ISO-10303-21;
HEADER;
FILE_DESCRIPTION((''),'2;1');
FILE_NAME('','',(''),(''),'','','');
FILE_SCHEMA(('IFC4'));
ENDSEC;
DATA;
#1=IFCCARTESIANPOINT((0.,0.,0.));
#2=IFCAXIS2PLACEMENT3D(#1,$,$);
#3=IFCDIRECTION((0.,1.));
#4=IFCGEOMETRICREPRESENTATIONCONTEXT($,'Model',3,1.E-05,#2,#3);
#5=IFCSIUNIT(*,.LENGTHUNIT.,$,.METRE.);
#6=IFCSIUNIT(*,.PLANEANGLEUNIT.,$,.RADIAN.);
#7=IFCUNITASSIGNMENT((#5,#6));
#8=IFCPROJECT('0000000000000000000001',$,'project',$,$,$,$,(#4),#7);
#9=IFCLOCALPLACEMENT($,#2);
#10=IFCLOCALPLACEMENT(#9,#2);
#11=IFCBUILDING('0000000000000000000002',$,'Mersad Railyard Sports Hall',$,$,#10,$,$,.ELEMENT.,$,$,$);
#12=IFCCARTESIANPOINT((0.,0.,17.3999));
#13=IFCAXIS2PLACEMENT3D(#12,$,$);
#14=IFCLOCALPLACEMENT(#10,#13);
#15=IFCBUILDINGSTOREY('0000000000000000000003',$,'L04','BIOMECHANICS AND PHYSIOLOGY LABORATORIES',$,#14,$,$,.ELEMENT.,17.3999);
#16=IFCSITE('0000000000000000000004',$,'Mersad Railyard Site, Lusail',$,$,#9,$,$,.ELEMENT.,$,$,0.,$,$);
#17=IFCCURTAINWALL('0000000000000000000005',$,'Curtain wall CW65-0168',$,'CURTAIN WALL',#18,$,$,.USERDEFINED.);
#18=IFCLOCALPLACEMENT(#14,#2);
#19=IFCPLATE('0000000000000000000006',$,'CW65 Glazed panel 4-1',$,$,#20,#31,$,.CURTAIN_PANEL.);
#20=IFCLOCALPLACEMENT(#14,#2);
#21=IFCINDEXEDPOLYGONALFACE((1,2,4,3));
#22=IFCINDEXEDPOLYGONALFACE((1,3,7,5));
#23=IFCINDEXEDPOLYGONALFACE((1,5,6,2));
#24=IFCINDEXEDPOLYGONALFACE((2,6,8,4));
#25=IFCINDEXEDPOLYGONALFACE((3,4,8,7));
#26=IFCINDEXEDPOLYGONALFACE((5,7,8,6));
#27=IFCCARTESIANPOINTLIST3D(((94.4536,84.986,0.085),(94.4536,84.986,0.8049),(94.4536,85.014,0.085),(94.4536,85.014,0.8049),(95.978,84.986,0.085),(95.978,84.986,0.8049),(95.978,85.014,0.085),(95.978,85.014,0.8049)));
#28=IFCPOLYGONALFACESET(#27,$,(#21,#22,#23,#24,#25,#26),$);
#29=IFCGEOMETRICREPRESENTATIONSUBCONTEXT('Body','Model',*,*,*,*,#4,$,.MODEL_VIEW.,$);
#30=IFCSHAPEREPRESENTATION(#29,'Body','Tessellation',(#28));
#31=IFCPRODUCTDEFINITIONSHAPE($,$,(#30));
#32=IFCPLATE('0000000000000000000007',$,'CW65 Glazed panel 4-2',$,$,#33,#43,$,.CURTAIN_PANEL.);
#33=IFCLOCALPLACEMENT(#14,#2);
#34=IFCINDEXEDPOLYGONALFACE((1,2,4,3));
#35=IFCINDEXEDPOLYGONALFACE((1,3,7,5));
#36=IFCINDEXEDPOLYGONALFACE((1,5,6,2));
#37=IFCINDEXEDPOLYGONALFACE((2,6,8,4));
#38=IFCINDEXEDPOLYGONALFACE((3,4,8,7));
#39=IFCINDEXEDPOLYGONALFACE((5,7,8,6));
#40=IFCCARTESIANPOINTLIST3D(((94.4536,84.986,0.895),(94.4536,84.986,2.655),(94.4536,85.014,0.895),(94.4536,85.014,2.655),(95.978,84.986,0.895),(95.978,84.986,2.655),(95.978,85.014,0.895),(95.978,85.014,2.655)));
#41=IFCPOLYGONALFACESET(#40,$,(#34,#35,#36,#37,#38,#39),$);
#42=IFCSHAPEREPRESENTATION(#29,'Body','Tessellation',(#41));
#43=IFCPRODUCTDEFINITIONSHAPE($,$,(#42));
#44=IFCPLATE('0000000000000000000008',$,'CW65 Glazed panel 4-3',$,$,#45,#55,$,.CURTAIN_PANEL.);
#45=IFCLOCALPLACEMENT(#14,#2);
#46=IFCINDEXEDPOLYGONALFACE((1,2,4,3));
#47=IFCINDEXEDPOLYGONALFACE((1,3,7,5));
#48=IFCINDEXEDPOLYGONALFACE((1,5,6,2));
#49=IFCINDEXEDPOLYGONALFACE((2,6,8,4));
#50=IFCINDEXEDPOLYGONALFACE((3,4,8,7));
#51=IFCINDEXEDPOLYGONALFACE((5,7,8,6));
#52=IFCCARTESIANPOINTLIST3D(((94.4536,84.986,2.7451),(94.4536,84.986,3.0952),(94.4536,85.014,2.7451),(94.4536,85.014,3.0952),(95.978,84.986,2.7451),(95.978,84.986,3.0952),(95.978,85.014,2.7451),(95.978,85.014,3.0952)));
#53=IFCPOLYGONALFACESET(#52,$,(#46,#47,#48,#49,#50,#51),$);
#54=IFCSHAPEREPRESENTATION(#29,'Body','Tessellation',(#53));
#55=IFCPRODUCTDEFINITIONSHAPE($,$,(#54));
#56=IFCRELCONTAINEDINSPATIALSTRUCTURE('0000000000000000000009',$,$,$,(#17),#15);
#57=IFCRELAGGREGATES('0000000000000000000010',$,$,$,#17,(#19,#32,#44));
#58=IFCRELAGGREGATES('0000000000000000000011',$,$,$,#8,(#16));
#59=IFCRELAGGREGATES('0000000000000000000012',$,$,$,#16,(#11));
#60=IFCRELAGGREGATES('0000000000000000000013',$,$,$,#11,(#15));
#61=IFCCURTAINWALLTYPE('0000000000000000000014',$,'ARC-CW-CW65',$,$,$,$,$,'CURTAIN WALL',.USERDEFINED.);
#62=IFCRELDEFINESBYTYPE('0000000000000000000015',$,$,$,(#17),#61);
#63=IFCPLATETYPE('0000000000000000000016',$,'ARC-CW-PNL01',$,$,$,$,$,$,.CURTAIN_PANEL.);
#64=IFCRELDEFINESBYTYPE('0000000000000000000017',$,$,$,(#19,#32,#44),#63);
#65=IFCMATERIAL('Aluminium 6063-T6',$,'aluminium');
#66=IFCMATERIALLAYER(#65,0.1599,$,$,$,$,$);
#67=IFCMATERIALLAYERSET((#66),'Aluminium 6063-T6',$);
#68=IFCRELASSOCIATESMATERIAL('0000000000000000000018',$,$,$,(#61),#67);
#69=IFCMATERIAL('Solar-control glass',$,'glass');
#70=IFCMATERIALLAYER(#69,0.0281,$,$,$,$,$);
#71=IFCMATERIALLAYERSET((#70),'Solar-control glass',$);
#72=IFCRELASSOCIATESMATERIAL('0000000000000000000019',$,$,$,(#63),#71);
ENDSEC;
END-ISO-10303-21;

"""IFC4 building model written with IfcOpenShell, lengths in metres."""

from ifc_helpers import new_model, si_unit, direction, frame, origin, origin_2d, place, context, subcontext, project, spatial, rectangle, extrude, material, layer, layer_set, type_object, element, aggregate, save


model = new_model("IFC4")

# Units and contexts
model_context = context("Model", 3, precision=1e-05, world=origin(), true_north=direction((0.0, 1.0)))
body_context = subcontext(model_context, "Body", "Model", "MODEL_VIEW")
ifc_project = project(units=[si_unit("LENGTHUNIT", "METRE"), si_unit("PLANEANGLEUNIT", "RADIAN")], contexts=[model_context])

# Site, building, storey
site_placement = place(None, origin())
site = spatial("IfcSite", under=ifc_project, at=site_placement, Name="Mersad Railyard Site, Lusail", CompositionType="ELEMENT", RefElevation=0.0)
building_placement = place(site_placement, origin())
building = spatial("IfcBuilding", under=site, at=building_placement, Name="Mersad Railyard Sports Hall", CompositionType="ELEMENT")
storey_placement = place(building_placement, frame((0.0, 0.0, 17.3999)))
storey = spatial("IfcBuildingStorey", under=building, at=storey_placement, Name="L04", Description="BIOMECHANICS AND PHYSIOLOGY LABORATORIES", CompositionType="ELEMENT", Elevation=17.3999)

# Curtain wall, plates
ifc_material_1 = material(Name="Aluminium 6063-T6", Category="aluminium")
ifc_layer_1 = layer(ifc_material_1, 0.1599)
ifc_layer_set_1 = layer_set([ifc_layer_1], Name="Aluminium 6063-T6")
curtain_wall_type = type_object("IfcCurtainWallType", Name="ARC-CW-CW65", ElementType="CURTAIN WALL", PredefinedType="USERDEFINED", material=ifc_layer_set_1)
curtain_wall_placement = place(storey_placement, origin())
curtain_wall = element("IfcCurtainWall", 1, at=curtain_wall_placement, inside=storey, type_object=curtain_wall_type, Name="Curtain wall CW65-0168", ObjectType="CURTAIN WALL", PredefinedType="USERDEFINED")
ifc_material_2 = material(Name="Solar-control glass", Category="glass")
ifc_layer_2 = layer(ifc_material_2, 0.0281)
ifc_layer_set_2 = layer_set([ifc_layer_2], Name="Solar-control glass")
plate_type = type_object("IfcPlateType", Name="ARC-CW-PNL01", PredefinedType="CURTAIN_PANEL", material=ifc_layer_set_2)
plate_1_placement = place(storey_placement, frame((95.2158, 85.0, 0.085), z_axis=(0.0, 0.0, 1.0), x_axis=(-1.0, 0.0, 0.0)))
plate_1 = element("IfcPlate", 2, at=plate_1_placement, type_object=plate_type, Name="CW65 Glazed panel 4-1", PredefinedType="CURTAIN_PANEL", context=body_context, shape_type="SweptSolid", body=[
    extrude(rectangle(XDim=1.5244, YDim=0.0281, at=origin_2d()), origin(), (0.0, 0.0, 1.0), 0.72),
])
plate_2_placement = place(storey_placement, frame((95.2158, 85.0, 0.895), z_axis=(0.0, 0.0, 1.0), x_axis=(-1.0, 0.0, 0.0)))
plate_2 = element("IfcPlate", 3, at=plate_2_placement, type_object=plate_type, Name="CW65 Glazed panel 4-2", PredefinedType="CURTAIN_PANEL", context=body_context, shape_type="SweptSolid", body=[
    extrude(rectangle(XDim=1.5244, YDim=0.0281, at=origin_2d()), origin(), (0.0, 0.0, 1.0), 1.76),
])
plate_3_placement = place(storey_placement, frame((95.2158, 85.0, 2.7451), z_axis=(0.0, 0.0, 1.0), x_axis=(-1.0, 0.0, 0.0)))
plate_3 = element("IfcPlate", 4, at=plate_3_placement, type_object=plate_type, Name="CW65 Glazed panel 4-3", PredefinedType="CURTAIN_PANEL", context=body_context, shape_type="SweptSolid", body=[
    extrude(rectangle(XDim=1.5244, YDim=0.0281, at=origin_2d()), origin(), (0.0, 0.0, 1.0), 0.3501),
])
aggregate(curtain_wall, [plate_1, plate_2, plate_3])

save(model, "model.ifc")
